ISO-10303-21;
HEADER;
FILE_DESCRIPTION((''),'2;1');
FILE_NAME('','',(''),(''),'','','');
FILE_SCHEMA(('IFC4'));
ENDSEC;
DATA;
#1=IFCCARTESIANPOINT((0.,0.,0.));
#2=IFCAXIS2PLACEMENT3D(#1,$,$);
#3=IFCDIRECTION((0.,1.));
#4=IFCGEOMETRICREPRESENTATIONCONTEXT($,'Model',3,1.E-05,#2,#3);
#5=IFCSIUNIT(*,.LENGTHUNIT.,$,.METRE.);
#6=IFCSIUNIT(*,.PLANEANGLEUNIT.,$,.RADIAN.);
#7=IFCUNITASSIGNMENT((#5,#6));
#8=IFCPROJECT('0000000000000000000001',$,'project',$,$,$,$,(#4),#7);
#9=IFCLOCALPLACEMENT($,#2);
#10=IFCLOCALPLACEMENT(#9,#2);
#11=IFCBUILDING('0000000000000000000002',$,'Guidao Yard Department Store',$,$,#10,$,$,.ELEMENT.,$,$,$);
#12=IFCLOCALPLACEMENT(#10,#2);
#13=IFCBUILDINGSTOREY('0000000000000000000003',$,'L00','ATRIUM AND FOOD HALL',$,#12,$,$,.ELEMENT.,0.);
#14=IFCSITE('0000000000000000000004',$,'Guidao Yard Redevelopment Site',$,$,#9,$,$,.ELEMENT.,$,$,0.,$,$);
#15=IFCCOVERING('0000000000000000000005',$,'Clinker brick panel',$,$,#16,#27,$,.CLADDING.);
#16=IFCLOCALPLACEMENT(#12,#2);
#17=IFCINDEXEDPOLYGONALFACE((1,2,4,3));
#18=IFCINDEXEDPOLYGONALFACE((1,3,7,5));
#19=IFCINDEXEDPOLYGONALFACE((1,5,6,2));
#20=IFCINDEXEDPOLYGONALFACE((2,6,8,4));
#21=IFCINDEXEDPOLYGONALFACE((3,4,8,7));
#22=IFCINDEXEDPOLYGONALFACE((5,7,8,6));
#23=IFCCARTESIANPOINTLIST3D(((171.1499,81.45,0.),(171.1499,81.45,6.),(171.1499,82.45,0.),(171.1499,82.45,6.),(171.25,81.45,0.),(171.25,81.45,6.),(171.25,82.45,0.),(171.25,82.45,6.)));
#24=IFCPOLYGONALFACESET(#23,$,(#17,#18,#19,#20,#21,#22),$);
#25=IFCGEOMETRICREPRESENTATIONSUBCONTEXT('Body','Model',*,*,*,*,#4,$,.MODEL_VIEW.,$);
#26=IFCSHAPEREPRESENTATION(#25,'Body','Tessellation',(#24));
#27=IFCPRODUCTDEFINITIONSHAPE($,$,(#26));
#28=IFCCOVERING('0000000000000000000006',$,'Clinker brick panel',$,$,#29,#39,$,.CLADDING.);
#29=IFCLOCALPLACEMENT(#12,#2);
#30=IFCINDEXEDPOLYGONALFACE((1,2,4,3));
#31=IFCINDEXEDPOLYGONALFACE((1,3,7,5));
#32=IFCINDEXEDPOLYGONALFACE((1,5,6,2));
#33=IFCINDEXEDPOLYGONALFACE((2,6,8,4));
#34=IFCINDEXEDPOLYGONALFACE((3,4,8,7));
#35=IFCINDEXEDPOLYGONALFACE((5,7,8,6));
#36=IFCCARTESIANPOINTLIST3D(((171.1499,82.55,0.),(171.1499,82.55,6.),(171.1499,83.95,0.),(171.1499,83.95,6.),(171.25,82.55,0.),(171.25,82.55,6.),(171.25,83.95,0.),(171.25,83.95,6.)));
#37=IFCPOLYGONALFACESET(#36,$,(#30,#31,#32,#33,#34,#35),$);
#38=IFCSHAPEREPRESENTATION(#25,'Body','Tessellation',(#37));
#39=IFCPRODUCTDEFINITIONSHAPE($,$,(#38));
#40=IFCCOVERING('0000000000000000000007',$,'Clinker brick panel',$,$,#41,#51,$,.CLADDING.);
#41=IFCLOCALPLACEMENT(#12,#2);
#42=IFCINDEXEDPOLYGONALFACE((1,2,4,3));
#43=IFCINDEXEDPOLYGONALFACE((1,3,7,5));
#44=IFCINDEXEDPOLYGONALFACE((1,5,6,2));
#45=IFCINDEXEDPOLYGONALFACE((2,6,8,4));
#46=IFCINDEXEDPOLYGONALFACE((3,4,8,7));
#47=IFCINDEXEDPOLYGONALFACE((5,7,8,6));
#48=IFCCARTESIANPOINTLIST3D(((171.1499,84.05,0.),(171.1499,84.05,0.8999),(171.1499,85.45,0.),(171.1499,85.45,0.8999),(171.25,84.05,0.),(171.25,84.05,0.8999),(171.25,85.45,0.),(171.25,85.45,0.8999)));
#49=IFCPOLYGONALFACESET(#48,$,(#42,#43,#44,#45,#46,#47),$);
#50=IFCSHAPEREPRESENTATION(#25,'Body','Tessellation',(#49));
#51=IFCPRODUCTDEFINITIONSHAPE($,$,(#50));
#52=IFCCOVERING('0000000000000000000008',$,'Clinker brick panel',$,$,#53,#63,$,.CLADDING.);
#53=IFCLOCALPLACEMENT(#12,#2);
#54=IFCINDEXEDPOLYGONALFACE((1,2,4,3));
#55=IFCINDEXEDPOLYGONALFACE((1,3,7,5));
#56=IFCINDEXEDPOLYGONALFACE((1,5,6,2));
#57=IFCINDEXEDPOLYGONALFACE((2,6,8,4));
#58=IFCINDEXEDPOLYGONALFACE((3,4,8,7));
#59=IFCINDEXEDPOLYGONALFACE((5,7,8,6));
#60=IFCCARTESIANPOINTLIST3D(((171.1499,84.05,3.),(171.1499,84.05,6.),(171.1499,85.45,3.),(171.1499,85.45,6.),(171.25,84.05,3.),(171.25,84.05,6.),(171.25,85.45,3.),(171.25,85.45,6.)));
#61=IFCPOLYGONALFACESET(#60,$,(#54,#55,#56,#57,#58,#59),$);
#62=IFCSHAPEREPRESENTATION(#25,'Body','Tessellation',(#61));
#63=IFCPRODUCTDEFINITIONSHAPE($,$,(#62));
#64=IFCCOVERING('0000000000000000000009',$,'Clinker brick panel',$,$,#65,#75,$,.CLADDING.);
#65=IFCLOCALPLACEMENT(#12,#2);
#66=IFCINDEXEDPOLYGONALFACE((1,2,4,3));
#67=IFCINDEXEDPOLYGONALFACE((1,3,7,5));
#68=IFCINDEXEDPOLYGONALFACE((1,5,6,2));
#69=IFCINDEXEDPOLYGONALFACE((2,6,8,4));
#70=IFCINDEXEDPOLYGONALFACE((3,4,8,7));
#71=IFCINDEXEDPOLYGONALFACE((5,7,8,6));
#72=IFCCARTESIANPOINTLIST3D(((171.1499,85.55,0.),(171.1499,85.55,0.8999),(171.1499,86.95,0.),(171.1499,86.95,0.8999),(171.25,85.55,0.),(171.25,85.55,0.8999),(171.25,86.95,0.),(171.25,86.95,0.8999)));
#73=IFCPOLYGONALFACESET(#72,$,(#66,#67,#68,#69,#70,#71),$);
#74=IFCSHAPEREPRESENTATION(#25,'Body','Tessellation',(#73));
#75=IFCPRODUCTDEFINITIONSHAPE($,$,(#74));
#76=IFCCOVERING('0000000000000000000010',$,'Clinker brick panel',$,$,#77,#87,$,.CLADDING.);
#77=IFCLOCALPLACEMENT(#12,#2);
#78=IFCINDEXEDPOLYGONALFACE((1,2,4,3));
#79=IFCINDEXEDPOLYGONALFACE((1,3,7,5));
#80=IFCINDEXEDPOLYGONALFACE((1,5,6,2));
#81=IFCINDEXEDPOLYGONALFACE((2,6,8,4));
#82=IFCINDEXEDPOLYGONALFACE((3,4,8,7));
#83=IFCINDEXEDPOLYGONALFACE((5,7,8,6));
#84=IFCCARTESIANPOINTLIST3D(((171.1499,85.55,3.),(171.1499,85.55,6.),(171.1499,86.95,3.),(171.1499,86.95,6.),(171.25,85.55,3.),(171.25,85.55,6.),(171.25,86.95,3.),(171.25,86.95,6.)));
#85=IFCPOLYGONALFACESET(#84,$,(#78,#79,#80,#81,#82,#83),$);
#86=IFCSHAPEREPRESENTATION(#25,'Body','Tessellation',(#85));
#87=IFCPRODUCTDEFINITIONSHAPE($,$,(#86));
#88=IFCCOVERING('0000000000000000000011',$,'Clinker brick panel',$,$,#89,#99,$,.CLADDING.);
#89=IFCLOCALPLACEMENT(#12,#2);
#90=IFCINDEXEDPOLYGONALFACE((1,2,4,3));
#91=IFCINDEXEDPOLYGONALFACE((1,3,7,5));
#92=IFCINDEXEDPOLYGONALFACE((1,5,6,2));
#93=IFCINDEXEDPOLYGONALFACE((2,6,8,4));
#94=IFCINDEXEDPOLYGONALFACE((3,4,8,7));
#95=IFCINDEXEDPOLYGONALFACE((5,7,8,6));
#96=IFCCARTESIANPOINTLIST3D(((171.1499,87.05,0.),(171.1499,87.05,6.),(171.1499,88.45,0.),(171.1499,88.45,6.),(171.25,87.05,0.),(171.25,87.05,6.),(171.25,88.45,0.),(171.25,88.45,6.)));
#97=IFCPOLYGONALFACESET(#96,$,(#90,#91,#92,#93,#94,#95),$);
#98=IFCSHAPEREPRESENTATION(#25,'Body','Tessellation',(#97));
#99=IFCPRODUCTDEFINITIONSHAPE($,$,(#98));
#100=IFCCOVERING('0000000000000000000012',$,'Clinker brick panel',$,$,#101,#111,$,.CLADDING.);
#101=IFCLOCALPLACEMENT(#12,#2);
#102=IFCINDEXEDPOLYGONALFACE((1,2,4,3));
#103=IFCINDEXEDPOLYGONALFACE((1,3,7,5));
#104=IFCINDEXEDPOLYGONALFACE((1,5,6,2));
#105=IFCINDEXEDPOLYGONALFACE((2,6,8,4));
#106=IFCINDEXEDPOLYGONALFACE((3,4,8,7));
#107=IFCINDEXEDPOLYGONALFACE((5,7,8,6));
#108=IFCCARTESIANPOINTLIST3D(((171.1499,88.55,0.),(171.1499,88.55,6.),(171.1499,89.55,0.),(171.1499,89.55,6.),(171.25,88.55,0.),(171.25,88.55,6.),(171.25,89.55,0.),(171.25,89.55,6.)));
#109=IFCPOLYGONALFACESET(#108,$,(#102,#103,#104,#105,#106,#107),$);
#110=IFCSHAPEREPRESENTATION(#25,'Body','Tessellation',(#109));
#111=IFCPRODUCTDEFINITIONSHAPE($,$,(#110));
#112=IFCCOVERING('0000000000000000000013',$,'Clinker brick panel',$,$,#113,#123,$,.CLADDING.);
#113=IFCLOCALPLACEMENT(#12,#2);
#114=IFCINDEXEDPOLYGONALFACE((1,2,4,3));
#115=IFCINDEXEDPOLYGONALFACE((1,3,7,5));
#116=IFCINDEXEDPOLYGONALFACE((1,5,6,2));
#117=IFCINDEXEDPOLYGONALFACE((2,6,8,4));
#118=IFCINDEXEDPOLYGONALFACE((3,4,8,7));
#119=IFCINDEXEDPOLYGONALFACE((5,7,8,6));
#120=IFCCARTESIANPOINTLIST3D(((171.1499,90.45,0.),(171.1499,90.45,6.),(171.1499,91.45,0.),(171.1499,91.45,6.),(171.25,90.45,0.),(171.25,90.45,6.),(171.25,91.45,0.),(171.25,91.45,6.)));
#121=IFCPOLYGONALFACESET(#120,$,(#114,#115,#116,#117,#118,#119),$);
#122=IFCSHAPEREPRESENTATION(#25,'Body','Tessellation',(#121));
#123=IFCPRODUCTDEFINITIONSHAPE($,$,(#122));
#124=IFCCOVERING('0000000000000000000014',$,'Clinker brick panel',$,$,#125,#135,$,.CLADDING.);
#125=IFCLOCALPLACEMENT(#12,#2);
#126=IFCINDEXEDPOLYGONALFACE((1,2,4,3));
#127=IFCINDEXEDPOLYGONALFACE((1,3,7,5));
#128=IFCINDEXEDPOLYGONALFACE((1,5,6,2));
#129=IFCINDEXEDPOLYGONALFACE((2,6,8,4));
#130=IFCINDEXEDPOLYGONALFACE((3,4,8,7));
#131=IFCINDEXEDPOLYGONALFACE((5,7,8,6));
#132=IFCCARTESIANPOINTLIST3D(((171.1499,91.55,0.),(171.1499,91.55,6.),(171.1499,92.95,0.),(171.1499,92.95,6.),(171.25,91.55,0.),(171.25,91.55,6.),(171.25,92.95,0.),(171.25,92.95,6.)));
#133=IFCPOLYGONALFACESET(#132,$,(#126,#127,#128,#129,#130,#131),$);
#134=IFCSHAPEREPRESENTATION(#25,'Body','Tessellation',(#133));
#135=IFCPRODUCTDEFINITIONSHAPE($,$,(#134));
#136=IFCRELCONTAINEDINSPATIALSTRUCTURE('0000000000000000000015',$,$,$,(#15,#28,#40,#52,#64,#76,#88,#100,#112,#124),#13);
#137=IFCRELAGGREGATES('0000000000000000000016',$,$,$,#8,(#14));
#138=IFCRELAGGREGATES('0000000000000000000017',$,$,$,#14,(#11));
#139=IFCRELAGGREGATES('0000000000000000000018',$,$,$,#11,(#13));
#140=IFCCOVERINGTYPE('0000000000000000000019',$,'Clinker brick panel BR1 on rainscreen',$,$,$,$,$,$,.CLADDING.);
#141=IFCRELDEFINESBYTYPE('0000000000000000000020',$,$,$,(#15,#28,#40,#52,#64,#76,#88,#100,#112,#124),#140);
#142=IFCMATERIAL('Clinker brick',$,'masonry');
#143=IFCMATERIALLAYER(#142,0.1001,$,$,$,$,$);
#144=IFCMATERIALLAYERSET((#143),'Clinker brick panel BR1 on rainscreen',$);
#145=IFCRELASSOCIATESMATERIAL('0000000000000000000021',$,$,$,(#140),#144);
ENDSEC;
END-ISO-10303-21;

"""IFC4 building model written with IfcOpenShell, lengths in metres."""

from ifc_helpers import new_model, si_unit, direction, frame, origin, origin_2d, place, context, subcontext, project, spatial, rectangle, extrude, material, layer, layer_set, type_object, element, save


model = new_model("IFC4")

# Units and contexts
model_context = context("Model", 3, precision=1e-05, world=origin(), true_north=direction((0.0, 1.0)))
body_context = subcontext(model_context, "Body", "Model", "MODEL_VIEW")
ifc_project = project(units=[si_unit("LENGTHUNIT", "METRE"), si_unit("PLANEANGLEUNIT", "RADIAN")], contexts=[model_context])

# Site, building, storey
site_placement = place(None, origin())
site = spatial("IfcSite", under=ifc_project, at=site_placement, Name="Guidao Yard Redevelopment Site", CompositionType="ELEMENT", RefElevation=0.0)
building_placement = place(site_placement, origin())
building = spatial("IfcBuilding", under=site, at=building_placement, Name="Guidao Yard Department Store", CompositionType="ELEMENT")
storey_placement = place(building_placement, origin())
storey = spatial("IfcBuildingStorey", under=building, at=storey_placement, Name="L00", Description="ATRIUM AND FOOD HALL", CompositionType="ELEMENT", Elevation=0.0)

# Coverings
ifc_material_1 = material(Name="Clinker brick", Category="masonry")
ifc_layer_1 = layer(ifc_material_1, 0.1001)
ifc_layer_set_1 = layer_set([ifc_layer_1], Name="Clinker brick panel BR1 on rainscreen")
covering_type = type_object("IfcCoveringType", Name="Clinker brick panel BR1 on rainscreen", PredefinedType="CLADDING", material=ifc_layer_set_1)
for number, where, z_axis, x_axis, name in (
    (1, (171.2, 81.95, 0.0), (0.0, 0.0, 1.0), (0.0, -1.0, 0.0), "Clinker brick panel"),
):
    element("IfcCovering", number, at=place(storey_placement, frame(where, z_axis=z_axis, x_axis=x_axis)), inside=storey, type_object=covering_type, Name=name, PredefinedType="CLADDING", context=body_context, shape_type="SweptSolid", body=[
        extrude(rectangle(XDim=1.0, YDim=0.1001, at=origin_2d()), origin(), (0.0, 0.0, 1.0), 6.0),
    ])
covering_1_placement = place(storey_placement, frame((171.2, 83.25, 0.0), z_axis=(0.0, 0.0, 1.0), x_axis=(0.0, -1.0, 0.0)))
element("IfcCovering", 2, at=covering_1_placement, inside=storey, type_object=covering_type, Name="Clinker brick panel", PredefinedType="CLADDING", context=body_context, shape_type="SweptSolid", body=[
    extrude(rectangle(XDim=1.3999, YDim=0.1001, at=origin_2d()), origin(), (0.0, 0.0, 1.0), 6.0),
])
covering_2_placement = place(storey_placement, frame((171.2, 84.75, 0.0), z_axis=(0.0, 0.0, 1.0), x_axis=(0.0, -1.0, 0.0)))
element("IfcCovering", 3, at=covering_2_placement, inside=storey, type_object=covering_type, Name="Clinker brick panel", PredefinedType="CLADDING", context=body_context, shape_type="SweptSolid", body=[
    extrude(rectangle(XDim=1.3999, YDim=0.1001, at=origin_2d()), origin(), (0.0, 0.0, 1.0), 0.8999),
])
covering_3_placement = place(storey_placement, frame((171.2, 84.75, 3.0), z_axis=(0.0, 0.0, 1.0), x_axis=(0.0, -1.0, 0.0)))
element("IfcCovering", 4, at=covering_3_placement, inside=storey, type_object=covering_type, Name="Clinker brick panel", PredefinedType="CLADDING", context=body_context, shape_type="SweptSolid", body=[
    extrude(rectangle(XDim=1.3999, YDim=0.1001, at=origin_2d()), origin(), (0.0, 0.0, 1.0), 3.0),
])
covering_4_placement = place(storey_placement, frame((171.2, 86.25, 0.0), z_axis=(0.0, 0.0, 1.0), x_axis=(0.0, -1.0, 0.0)))
element("IfcCovering", 5, at=covering_4_placement, inside=storey, type_object=covering_type, Name="Clinker brick panel", PredefinedType="CLADDING", context=body_context, shape_type="SweptSolid", body=[
    extrude(rectangle(XDim=1.3999, YDim=0.1001, at=origin_2d()), origin(), (0.0, 0.0, 1.0), 0.8999),
])
covering_5_placement = place(storey_placement, frame((171.2, 86.25, 3.0), z_axis=(0.0, 0.0, 1.0), x_axis=(0.0, -1.0, 0.0)))
element("IfcCovering", 6, at=covering_5_placement, inside=storey, type_object=covering_type, Name="Clinker brick panel", PredefinedType="CLADDING", context=body_context, shape_type="SweptSolid", body=[
    extrude(rectangle(XDim=1.3999, YDim=0.1001, at=origin_2d()), origin(), (0.0, 0.0, 1.0), 3.0),
])
covering_6_placement = place(storey_placement, frame((171.2, 87.75, 0.0), z_axis=(0.0, 0.0, 1.0), x_axis=(0.0, -1.0, 0.0)))
element("IfcCovering", 7, at=covering_6_placement, inside=storey, type_object=covering_type, Name="Clinker brick panel", PredefinedType="CLADDING", context=body_context, shape_type="SweptSolid", body=[
    extrude(rectangle(XDim=1.3999, YDim=0.1001, at=origin_2d()), origin(), (0.0, 0.0, 1.0), 6.0),
])
for number, where, z_axis, x_axis, name in (
    (8, (171.2, 89.05, 0.0), (0.0, 0.0, 1.0), (0.0, -1.0, 0.0), "Clinker brick panel"),
    (9, (171.2, 90.95, 0.0), (0.0, 0.0, 1.0), (0.0, -1.0, 0.0), "Clinker brick panel"),
):
    element("IfcCovering", number, at=place(storey_placement, frame(where, z_axis=z_axis, x_axis=x_axis)), inside=storey, type_object=covering_type, Name=name, PredefinedType="CLADDING", context=body_context, shape_type="SweptSolid", body=[
        extrude(rectangle(XDim=1.0, YDim=0.1001, at=origin_2d()), origin(), (0.0, 0.0, 1.0), 6.0),
    ])
covering_7_placement = place(storey_placement, frame((171.2, 92.25, 0.0), z_axis=(0.0, 0.0, 1.0), x_axis=(0.0, -1.0, 0.0)))
element("IfcCovering", 10, at=covering_7_placement, inside=storey, type_object=covering_type, Name="Clinker brick panel", PredefinedType="CLADDING", context=body_context, shape_type="SweptSolid", body=[
    extrude(rectangle(XDim=1.3999, YDim=0.1001, at=origin_2d()), origin(), (0.0, 0.0, 1.0), 6.0),
])

save(model, "model.ifc")
